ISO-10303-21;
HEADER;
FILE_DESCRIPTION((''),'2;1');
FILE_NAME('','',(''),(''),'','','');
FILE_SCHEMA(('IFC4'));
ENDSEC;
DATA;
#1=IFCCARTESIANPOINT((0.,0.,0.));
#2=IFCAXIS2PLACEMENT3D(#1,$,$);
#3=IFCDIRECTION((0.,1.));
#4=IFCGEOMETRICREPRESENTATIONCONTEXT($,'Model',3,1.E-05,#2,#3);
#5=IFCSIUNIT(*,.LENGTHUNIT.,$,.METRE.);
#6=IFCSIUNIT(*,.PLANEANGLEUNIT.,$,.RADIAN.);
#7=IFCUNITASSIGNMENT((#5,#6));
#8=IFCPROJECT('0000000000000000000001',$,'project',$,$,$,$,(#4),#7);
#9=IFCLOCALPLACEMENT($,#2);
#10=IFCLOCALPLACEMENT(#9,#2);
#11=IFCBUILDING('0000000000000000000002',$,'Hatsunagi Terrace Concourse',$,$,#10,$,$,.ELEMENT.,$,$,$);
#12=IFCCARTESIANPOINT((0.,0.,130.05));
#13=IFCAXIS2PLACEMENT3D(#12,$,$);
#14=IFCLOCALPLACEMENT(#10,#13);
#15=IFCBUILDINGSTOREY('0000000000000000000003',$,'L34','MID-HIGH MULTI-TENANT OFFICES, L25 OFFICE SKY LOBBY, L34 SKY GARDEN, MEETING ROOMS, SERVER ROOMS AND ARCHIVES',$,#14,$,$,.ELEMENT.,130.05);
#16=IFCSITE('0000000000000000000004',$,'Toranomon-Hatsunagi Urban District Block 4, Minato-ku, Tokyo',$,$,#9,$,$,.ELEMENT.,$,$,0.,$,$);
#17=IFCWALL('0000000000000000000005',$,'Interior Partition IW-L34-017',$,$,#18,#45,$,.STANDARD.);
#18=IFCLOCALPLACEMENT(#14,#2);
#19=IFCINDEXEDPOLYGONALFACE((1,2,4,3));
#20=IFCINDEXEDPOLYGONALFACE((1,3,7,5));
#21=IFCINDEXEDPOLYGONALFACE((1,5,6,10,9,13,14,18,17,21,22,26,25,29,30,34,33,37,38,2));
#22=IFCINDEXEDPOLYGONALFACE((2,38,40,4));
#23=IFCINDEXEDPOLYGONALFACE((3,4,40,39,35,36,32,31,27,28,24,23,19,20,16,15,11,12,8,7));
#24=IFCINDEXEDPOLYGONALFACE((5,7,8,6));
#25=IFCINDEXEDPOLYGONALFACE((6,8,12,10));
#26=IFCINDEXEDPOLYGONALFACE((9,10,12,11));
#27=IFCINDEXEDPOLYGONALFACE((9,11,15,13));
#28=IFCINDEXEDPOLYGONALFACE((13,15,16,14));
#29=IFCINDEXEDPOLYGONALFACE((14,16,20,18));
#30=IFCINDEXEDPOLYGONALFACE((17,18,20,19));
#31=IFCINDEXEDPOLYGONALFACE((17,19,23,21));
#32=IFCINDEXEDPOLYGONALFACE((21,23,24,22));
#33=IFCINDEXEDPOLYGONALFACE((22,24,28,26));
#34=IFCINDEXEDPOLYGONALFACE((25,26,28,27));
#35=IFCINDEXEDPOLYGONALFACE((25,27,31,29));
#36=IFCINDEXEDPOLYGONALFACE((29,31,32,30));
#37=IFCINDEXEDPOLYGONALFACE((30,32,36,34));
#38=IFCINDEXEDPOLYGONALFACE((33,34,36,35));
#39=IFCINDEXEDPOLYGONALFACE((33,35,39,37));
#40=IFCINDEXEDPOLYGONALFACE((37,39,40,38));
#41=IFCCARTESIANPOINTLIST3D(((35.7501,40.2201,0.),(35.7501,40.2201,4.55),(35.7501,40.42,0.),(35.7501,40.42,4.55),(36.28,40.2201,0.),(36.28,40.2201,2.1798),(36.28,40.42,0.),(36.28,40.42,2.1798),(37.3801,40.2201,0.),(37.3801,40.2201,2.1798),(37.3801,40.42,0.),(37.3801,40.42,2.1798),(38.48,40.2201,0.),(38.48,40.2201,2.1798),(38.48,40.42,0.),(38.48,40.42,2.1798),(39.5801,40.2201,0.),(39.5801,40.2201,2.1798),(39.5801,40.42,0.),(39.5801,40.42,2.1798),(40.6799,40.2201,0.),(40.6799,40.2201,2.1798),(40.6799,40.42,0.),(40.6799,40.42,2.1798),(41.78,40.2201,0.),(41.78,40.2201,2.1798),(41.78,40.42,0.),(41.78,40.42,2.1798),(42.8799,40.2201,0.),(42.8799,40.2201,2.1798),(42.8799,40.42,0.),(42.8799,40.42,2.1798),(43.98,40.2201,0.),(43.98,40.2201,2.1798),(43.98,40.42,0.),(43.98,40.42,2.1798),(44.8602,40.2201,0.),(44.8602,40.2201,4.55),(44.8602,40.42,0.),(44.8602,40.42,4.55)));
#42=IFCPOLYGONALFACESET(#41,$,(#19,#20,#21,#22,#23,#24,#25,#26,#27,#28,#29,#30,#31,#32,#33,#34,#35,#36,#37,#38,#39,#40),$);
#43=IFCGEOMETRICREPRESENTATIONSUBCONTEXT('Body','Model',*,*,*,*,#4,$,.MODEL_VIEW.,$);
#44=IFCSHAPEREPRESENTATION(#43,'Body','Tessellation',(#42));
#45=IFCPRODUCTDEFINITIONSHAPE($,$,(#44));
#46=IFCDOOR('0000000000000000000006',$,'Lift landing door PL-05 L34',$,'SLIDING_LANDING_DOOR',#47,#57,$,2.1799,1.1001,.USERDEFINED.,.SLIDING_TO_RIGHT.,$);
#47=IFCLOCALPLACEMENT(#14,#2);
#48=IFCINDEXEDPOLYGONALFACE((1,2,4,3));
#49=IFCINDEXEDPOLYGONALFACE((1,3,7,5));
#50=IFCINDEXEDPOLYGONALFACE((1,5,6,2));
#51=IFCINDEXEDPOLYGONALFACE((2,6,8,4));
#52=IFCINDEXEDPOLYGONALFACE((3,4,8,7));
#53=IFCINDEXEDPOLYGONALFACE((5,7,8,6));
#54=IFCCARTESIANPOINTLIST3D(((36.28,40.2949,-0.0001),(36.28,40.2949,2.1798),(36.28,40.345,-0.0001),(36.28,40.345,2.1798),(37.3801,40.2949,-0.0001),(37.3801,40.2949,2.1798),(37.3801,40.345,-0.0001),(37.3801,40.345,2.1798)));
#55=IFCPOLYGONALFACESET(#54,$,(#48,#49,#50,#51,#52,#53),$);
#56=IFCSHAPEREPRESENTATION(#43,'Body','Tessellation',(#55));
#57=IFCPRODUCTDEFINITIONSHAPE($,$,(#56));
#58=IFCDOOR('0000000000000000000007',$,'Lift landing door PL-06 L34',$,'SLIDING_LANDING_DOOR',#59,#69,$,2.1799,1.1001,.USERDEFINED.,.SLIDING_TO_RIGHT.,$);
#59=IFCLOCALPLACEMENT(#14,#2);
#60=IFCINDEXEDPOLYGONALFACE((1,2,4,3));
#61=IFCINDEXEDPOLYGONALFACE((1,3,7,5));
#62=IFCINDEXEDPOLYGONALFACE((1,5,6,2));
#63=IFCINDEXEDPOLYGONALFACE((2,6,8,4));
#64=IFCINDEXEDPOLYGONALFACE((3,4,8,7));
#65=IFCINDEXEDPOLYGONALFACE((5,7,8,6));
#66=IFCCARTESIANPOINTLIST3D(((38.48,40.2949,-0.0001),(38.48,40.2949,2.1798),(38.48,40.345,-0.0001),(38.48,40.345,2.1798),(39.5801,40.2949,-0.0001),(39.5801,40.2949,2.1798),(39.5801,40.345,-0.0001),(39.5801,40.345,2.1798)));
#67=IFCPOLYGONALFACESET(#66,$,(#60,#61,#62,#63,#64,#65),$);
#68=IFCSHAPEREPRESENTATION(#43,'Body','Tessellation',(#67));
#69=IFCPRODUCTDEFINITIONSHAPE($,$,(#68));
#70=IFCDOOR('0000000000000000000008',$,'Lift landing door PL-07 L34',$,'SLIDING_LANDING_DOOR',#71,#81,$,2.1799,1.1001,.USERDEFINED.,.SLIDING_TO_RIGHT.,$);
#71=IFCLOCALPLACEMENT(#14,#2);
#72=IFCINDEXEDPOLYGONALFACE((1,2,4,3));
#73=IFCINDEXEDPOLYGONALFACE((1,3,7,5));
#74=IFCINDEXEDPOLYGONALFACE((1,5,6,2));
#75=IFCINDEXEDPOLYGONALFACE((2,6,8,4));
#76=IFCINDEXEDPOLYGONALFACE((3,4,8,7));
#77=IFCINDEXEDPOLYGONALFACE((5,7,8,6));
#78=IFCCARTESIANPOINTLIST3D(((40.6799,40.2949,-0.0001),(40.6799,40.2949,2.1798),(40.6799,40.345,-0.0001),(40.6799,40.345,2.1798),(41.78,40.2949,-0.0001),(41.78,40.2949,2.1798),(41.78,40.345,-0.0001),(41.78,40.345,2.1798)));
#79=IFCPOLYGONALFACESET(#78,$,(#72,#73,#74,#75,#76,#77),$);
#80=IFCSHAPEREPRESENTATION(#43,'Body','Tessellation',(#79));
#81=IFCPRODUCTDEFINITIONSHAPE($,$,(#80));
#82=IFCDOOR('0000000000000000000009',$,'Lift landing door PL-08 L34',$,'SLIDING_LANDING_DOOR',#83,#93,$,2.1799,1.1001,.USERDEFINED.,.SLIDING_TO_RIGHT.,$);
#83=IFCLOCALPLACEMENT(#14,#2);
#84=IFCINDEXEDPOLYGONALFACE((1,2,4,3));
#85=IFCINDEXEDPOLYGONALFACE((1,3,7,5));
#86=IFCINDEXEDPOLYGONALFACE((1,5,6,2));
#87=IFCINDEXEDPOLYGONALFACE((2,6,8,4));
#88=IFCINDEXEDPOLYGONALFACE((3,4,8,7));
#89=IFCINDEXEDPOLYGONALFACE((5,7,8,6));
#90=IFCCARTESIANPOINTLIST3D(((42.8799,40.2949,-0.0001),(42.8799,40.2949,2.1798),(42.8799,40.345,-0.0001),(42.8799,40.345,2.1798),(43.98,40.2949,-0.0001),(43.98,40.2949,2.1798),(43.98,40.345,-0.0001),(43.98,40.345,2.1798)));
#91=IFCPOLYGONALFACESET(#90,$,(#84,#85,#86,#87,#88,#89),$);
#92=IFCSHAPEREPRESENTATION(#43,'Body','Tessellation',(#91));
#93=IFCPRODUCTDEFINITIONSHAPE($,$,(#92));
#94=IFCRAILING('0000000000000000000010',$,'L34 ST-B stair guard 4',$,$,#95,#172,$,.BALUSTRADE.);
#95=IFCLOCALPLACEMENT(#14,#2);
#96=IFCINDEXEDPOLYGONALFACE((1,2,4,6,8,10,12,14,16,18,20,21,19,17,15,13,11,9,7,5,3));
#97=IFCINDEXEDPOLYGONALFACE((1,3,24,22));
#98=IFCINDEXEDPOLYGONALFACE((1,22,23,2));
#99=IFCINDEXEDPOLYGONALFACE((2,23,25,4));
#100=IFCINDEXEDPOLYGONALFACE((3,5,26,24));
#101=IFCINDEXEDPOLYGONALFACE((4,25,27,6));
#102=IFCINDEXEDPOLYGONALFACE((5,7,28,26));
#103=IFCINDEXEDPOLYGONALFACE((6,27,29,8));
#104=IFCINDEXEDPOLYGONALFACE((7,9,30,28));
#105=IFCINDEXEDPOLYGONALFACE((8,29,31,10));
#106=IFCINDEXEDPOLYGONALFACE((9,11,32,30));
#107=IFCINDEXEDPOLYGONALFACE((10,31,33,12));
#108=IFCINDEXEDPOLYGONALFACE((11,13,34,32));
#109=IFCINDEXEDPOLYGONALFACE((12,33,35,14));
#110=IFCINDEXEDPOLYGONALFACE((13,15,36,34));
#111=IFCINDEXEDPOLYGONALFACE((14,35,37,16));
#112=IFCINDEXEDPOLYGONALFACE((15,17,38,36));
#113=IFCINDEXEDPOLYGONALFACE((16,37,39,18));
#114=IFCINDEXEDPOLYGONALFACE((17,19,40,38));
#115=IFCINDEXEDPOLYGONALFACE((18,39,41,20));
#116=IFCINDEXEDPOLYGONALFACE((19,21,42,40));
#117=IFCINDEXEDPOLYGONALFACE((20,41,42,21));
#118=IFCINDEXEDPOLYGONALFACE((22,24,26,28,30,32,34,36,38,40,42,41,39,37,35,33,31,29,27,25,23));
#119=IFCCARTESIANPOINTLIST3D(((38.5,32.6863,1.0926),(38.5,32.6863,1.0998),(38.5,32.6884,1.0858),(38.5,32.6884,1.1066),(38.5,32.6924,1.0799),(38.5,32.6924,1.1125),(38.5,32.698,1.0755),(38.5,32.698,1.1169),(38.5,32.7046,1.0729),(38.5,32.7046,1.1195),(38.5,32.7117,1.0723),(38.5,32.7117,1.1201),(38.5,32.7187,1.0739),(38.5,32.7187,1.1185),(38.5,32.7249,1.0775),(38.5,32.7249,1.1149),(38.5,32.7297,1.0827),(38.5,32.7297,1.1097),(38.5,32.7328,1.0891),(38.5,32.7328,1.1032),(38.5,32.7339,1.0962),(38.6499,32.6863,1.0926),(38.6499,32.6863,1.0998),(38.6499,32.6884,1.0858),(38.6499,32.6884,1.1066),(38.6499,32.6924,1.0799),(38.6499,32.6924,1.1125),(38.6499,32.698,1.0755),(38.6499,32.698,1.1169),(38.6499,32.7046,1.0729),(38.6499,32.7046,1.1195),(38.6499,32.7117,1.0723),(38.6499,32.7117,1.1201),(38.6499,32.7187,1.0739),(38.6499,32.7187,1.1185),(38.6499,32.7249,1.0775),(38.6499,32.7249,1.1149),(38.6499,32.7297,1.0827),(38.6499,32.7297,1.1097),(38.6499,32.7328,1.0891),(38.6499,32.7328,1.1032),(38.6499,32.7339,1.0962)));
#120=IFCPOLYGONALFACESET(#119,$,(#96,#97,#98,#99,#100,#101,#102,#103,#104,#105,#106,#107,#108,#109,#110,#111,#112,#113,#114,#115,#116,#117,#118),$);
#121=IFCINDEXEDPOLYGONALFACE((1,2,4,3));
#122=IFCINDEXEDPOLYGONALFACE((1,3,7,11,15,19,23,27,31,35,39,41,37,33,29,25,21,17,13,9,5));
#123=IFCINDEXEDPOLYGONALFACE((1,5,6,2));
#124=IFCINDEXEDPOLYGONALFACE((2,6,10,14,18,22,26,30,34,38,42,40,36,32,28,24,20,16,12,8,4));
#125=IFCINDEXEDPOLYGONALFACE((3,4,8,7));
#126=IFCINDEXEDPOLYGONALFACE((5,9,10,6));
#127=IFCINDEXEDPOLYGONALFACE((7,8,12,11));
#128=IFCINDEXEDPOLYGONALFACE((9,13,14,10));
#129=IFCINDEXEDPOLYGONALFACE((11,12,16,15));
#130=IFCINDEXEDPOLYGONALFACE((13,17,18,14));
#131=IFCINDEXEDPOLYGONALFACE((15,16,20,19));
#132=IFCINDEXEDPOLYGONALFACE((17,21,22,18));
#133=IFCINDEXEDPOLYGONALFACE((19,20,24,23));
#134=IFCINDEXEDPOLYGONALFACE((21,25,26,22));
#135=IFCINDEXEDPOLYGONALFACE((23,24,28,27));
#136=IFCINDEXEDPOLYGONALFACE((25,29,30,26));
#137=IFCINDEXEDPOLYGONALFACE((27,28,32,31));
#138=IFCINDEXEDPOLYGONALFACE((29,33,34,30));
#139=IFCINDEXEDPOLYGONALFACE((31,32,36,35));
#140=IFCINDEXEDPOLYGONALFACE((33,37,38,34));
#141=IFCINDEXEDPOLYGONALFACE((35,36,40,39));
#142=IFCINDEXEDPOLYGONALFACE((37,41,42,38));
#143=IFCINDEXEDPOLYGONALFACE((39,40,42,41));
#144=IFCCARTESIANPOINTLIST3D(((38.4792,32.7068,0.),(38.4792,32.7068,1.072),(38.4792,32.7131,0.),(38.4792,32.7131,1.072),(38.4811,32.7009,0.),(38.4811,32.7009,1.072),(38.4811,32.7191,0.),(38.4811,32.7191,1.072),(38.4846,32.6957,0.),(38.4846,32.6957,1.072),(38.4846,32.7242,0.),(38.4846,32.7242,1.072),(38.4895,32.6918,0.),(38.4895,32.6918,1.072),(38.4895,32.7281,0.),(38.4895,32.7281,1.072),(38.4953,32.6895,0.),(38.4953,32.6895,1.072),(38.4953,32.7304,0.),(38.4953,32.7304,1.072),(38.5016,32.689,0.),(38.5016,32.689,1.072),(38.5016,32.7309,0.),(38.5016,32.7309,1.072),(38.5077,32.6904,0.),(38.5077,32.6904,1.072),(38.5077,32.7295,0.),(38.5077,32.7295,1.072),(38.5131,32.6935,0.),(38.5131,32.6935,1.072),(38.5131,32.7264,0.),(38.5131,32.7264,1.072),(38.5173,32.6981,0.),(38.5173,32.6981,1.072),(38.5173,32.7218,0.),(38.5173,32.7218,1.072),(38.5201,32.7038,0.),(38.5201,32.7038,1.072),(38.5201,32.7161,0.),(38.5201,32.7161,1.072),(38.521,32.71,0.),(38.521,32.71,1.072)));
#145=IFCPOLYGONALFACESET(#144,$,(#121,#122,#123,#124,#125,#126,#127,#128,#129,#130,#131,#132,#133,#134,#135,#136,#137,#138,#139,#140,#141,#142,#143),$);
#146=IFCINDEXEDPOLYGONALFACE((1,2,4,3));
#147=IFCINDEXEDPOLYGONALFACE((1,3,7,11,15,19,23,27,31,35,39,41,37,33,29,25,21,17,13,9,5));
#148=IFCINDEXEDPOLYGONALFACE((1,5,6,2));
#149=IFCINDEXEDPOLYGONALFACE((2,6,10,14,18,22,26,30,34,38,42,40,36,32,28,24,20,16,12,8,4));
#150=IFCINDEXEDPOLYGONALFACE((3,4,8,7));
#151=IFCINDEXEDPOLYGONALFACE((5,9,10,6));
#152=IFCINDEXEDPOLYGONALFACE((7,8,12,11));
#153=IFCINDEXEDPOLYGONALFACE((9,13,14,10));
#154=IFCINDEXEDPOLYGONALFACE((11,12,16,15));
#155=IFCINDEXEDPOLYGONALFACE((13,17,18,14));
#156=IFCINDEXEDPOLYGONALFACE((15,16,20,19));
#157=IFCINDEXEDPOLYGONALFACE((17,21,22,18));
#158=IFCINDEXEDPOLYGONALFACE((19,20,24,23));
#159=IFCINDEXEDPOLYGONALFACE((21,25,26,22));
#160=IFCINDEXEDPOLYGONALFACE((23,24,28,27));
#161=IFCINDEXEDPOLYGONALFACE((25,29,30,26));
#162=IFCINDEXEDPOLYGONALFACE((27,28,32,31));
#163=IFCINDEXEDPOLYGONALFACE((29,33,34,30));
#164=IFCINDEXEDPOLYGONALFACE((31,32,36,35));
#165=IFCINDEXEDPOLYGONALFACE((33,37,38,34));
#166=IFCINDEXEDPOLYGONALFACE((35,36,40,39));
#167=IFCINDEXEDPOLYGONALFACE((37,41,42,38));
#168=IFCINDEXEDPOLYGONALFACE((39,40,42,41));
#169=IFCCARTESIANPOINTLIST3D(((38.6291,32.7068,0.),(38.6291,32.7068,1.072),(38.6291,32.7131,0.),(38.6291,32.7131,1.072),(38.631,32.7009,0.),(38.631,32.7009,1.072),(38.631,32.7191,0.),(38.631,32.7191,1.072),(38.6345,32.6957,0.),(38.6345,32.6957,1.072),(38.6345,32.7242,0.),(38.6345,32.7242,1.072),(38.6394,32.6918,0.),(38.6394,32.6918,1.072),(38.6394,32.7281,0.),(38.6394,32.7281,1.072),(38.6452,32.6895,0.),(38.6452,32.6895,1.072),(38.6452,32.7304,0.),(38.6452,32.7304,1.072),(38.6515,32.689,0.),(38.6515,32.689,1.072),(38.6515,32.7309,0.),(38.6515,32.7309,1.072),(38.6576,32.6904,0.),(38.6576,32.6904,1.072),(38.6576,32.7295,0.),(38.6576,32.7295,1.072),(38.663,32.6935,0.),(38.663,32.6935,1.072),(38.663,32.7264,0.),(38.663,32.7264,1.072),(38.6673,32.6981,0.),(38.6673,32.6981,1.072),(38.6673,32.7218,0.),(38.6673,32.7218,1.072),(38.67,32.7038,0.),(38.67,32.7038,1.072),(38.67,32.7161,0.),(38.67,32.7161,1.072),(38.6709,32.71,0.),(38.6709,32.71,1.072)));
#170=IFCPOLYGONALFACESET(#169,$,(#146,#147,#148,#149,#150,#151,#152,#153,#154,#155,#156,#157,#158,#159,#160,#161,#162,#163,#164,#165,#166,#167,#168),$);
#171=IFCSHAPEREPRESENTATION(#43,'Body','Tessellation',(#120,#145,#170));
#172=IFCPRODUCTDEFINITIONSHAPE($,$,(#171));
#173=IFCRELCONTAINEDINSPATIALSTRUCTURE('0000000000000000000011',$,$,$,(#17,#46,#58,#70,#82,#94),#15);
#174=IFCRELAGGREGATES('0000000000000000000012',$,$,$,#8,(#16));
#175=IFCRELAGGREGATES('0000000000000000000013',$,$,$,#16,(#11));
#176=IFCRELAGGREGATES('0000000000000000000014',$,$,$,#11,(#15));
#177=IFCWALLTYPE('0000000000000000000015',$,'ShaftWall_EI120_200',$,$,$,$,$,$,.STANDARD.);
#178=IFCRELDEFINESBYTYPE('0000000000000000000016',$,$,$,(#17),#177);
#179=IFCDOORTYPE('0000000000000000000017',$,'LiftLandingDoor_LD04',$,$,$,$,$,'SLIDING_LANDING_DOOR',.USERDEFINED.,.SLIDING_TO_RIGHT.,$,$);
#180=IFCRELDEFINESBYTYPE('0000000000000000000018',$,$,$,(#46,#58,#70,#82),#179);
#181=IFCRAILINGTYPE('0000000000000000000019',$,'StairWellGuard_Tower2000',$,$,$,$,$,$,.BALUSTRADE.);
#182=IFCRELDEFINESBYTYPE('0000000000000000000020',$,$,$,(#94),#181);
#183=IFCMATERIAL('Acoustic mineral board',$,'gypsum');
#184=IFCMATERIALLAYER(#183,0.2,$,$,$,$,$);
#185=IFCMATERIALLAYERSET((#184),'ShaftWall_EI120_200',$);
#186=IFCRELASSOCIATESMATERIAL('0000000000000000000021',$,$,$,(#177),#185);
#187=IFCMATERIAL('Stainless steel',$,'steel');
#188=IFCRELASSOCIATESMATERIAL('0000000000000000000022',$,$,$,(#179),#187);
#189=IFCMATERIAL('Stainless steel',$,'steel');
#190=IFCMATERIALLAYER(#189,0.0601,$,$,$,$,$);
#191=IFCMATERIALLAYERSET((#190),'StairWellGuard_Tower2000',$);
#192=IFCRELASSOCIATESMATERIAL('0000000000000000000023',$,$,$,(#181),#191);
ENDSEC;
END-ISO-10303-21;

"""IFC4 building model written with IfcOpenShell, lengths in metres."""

from ifc_helpers import new_model, si_unit, direction, frame, frame_2d, origin, origin_2d, place, context, subcontext, project, spatial, rectangle, circle, extrude, material, layer, layer_set, type_object, element, fill, save


model = new_model("IFC4")

# Units and contexts
model_context = context("Model", 3, precision=1e-05, world=origin(), true_north=direction((0.0, 1.0)))
body_context = subcontext(model_context, "Body", "Model", "MODEL_VIEW")
ifc_project = project(units=[si_unit("LENGTHUNIT", "METRE"), si_unit("PLANEANGLEUNIT", "RADIAN")], contexts=[model_context])

# Site, building, storey
site_placement = place(None, origin())
site = spatial("IfcSite", under=ifc_project, at=site_placement, Name="Toranomon-Hatsunagi Urban District Block 4, Minato-ku, Tokyo", CompositionType="ELEMENT", RefElevation=0.0)
building_placement = place(site_placement, origin())
building = spatial("IfcBuilding", under=site, at=building_placement, Name="Hatsunagi Terrace Concourse", CompositionType="ELEMENT")
storey_placement = place(building_placement, frame((0.0, 0.0, 130.05)))
storey = spatial("IfcBuildingStorey", under=building, at=storey_placement, Name="L34", Description="MID-HIGH MULTI-TENANT OFFICES, L25 OFFICE SKY LOBBY, L34 SKY GARDEN, MEETING ROOMS, SERVER ROOMS AND ARCHIVES", CompositionType="ELEMENT", Elevation=130.05)

# Shared definitions
ifc_material_1 = material(Name="Acoustic mineral board", Category="gypsum")
ifc_layer_1 = layer(ifc_material_1, 0.2)
ifc_layer_set_1 = layer_set([ifc_layer_1], Name="ShaftWall_EI120_200")
wall_type_1 = type_object("IfcWallType", Name="ShaftWall_EI120_200", PredefinedType="STANDARD", material=ifc_layer_set_1)

# Wall, openings, doors
wall_1_placement = place(storey_placement, frame((35.75, 40.3201, 0.0), z_axis=(0.0, 0.0, 1.0), x_axis=(1.0, 0.0, 0.0)))
wall_1 = element("IfcWall", 1, at=wall_1_placement, inside=storey, type_object=wall_type_1, Name="Interior Partition IW-L34-017", PredefinedType="STANDARD", context=body_context, shape_type="SweptSolid", body=[
    extrude(rectangle(XDim=9.1101, YDim=0.2, at=frame_2d((4.5552, 0.0))), origin(), (0.0, 0.0, 1.0), 4.55),
])
opening_1_placement = place(wall_1_placement, frame((0.53, 0.0, 0.0)))
opening_1 = element("IfcOpeningElement", 2, at=opening_1_placement, cuts=wall_1, PredefinedType="OPENING", context=body_context, shape_type="SweptSolid", body=[
    extrude(rectangle(XDim=1.1001, YDim=2.1799, at=frame_2d((0.55, 1.0898))), frame((0.0, 0.1099, 0.0), z_axis=(0.0, -1.0, 0.0), x_axis=(1.0, 0.0, 0.0)), (0.0, 0.0, 1.0), 0.22),
])
opening_2_placement = place(wall_1_placement, frame((2.73, 0.0, 0.0)))
opening_2 = element("IfcOpeningElement", 3, at=opening_2_placement, cuts=wall_1, PredefinedType="OPENING", context=body_context, shape_type="SweptSolid", body=[
    extrude(rectangle(XDim=1.1001, YDim=2.1799, at=frame_2d((0.55, 1.0898))), frame((0.0, 0.1099, 0.0), z_axis=(0.0, -1.0, 0.0), x_axis=(1.0, 0.0, 0.0)), (0.0, 0.0, 1.0), 0.22),
])
opening_3_placement = place(wall_1_placement, frame((4.9299, 0.0, 0.0)))
opening_3 = element("IfcOpeningElement", 4, at=opening_3_placement, cuts=wall_1, PredefinedType="OPENING", context=body_context, shape_type="SweptSolid", body=[
    extrude(rectangle(XDim=1.1001, YDim=2.1799, at=frame_2d((0.55, 1.0898))), frame((0.0, 0.1099, 0.0), z_axis=(0.0, -1.0, 0.0), x_axis=(1.0, 0.0, 0.0)), (0.0, 0.0, 1.0), 0.22),
])
opening_4_placement = place(wall_1_placement, frame((7.1299, 0.0, 0.0)))
opening_4 = element("IfcOpeningElement", 5, at=opening_4_placement, cuts=wall_1, PredefinedType="OPENING", context=body_context, shape_type="SweptSolid", body=[
    extrude(rectangle(XDim=1.1001, YDim=2.1799, at=frame_2d((0.55, 1.0898))), frame((0.0, 0.1099, 0.0), z_axis=(0.0, -1.0, 0.0), x_axis=(1.0, 0.0, 0.0)), (0.0, 0.0, 1.0), 0.22),
])
ifc_material_2 = material(Name="Stainless steel", Category="steel")
door_type_1 = type_object("IfcDoorType", Name="LiftLandingDoor_LD04", ElementType="SLIDING_LANDING_DOOR", OperationType="SLIDING_TO_RIGHT", PredefinedType="USERDEFINED", material=ifc_material_2)
door_1_placement = place(opening_1_placement, origin())
door_1 = element("IfcDoor", 6, at=door_1_placement, inside=storey, type_object=door_type_1, Name="Lift landing door PL-05 L34", ObjectType="SLIDING_LANDING_DOOR", OperationType="SLIDING_TO_RIGHT", OverallHeight=2.1799, OverallWidth=1.1001, PredefinedType="USERDEFINED", context=body_context, shape_type="SweptSolid", body=[
    extrude(rectangle(XDim=1.1001, YDim=2.1799, at=frame_2d((0.55, 1.0898))), frame((0.0, 0.0249, 0.0), z_axis=(0.0, -1.0, 0.0), x_axis=(1.0, 0.0, 0.0)), (0.0, 0.0, 1.0), 0.05),
])
fill(opening_1, door_1)
door_2_placement = place(opening_2_placement, origin())
door_2 = element("IfcDoor", 7, at=door_2_placement, inside=storey, type_object=door_type_1, Name="Lift landing door PL-06 L34", ObjectType="SLIDING_LANDING_DOOR", OperationType="SLIDING_TO_RIGHT", OverallHeight=2.1799, OverallWidth=1.1001, PredefinedType="USERDEFINED", context=body_context, shape_type="SweptSolid", body=[
    extrude(rectangle(XDim=1.1001, YDim=2.1799, at=frame_2d((0.55, 1.0898))), frame((0.0, 0.0249, 0.0), z_axis=(0.0, -1.0, 0.0), x_axis=(1.0, 0.0, 0.0)), (0.0, 0.0, 1.0), 0.05),
])
fill(opening_2, door_2)
door_3_placement = place(opening_3_placement, origin())
door_3 = element("IfcDoor", 8, at=door_3_placement, inside=storey, type_object=door_type_1, Name="Lift landing door PL-07 L34", ObjectType="SLIDING_LANDING_DOOR", OperationType="SLIDING_TO_RIGHT", OverallHeight=2.1799, OverallWidth=1.1001, PredefinedType="USERDEFINED", context=body_context, shape_type="SweptSolid", body=[
    extrude(rectangle(XDim=1.1001, YDim=2.1799, at=frame_2d((0.55, 1.0898))), frame((0.0, 0.0249, 0.0), z_axis=(0.0, -1.0, 0.0), x_axis=(1.0, 0.0, 0.0)), (0.0, 0.0, 1.0), 0.05),
])
fill(opening_3, door_3)
door_4_placement = place(opening_4_placement, origin())
door_4 = element("IfcDoor", 9, at=door_4_placement, inside=storey, type_object=door_type_1, Name="Lift landing door PL-08 L34", ObjectType="SLIDING_LANDING_DOOR", OperationType="SLIDING_TO_RIGHT", OverallHeight=2.1799, OverallWidth=1.1001, PredefinedType="USERDEFINED", context=body_context, shape_type="SweptSolid", body=[
    extrude(rectangle(XDim=1.1001, YDim=2.1799, at=frame_2d((0.55, 1.0898))), frame((0.0, 0.0249, 0.0), z_axis=(0.0, -1.0, 0.0), x_axis=(1.0, 0.0, 0.0)), (0.0, 0.0, 1.0), 0.05),
])
fill(opening_4, door_4)

# Railing
ifc_material_3 = material(Name="Stainless steel", Category="steel")
ifc_layer_2 = layer(ifc_material_3, 0.0601)
ifc_layer_set_2 = layer_set([ifc_layer_2], Name="StairWellGuard_Tower2000")
railing_type = type_object("IfcRailingType", Name="StairWellGuard_Tower2000", PredefinedType="BALUSTRADE", material=ifc_layer_set_2)
railing_placement = place(storey_placement, frame((38.5, 32.71, 0.0)))
element("IfcRailing", 10, at=railing_placement, inside=storey, type_object=railing_type, Name="L34 ST-B stair guard 4", PredefinedType="BALUSTRADE", context=body_context, shape_type="SweptSolid", body=[
    extrude(circle(Radius=0.0239, at=origin_2d()), frame((0.0, 0.0, 1.0962), z_axis=(1.0, 0.0, 0.0), x_axis=(0.0, 1.0, 0.0)), (0.0, 0.0, 1.0), 0.1499),
    extrude(circle(Radius=0.021, at=origin_2d()), origin(), (0.0, 0.0, 1.0), 1.072),
    extrude(circle(Radius=0.021, at=origin_2d()), frame((0.1499, 0.0, 0.0)), (0.0, 0.0, 1.0), 1.072),
])

save(model, "model.ifc")
